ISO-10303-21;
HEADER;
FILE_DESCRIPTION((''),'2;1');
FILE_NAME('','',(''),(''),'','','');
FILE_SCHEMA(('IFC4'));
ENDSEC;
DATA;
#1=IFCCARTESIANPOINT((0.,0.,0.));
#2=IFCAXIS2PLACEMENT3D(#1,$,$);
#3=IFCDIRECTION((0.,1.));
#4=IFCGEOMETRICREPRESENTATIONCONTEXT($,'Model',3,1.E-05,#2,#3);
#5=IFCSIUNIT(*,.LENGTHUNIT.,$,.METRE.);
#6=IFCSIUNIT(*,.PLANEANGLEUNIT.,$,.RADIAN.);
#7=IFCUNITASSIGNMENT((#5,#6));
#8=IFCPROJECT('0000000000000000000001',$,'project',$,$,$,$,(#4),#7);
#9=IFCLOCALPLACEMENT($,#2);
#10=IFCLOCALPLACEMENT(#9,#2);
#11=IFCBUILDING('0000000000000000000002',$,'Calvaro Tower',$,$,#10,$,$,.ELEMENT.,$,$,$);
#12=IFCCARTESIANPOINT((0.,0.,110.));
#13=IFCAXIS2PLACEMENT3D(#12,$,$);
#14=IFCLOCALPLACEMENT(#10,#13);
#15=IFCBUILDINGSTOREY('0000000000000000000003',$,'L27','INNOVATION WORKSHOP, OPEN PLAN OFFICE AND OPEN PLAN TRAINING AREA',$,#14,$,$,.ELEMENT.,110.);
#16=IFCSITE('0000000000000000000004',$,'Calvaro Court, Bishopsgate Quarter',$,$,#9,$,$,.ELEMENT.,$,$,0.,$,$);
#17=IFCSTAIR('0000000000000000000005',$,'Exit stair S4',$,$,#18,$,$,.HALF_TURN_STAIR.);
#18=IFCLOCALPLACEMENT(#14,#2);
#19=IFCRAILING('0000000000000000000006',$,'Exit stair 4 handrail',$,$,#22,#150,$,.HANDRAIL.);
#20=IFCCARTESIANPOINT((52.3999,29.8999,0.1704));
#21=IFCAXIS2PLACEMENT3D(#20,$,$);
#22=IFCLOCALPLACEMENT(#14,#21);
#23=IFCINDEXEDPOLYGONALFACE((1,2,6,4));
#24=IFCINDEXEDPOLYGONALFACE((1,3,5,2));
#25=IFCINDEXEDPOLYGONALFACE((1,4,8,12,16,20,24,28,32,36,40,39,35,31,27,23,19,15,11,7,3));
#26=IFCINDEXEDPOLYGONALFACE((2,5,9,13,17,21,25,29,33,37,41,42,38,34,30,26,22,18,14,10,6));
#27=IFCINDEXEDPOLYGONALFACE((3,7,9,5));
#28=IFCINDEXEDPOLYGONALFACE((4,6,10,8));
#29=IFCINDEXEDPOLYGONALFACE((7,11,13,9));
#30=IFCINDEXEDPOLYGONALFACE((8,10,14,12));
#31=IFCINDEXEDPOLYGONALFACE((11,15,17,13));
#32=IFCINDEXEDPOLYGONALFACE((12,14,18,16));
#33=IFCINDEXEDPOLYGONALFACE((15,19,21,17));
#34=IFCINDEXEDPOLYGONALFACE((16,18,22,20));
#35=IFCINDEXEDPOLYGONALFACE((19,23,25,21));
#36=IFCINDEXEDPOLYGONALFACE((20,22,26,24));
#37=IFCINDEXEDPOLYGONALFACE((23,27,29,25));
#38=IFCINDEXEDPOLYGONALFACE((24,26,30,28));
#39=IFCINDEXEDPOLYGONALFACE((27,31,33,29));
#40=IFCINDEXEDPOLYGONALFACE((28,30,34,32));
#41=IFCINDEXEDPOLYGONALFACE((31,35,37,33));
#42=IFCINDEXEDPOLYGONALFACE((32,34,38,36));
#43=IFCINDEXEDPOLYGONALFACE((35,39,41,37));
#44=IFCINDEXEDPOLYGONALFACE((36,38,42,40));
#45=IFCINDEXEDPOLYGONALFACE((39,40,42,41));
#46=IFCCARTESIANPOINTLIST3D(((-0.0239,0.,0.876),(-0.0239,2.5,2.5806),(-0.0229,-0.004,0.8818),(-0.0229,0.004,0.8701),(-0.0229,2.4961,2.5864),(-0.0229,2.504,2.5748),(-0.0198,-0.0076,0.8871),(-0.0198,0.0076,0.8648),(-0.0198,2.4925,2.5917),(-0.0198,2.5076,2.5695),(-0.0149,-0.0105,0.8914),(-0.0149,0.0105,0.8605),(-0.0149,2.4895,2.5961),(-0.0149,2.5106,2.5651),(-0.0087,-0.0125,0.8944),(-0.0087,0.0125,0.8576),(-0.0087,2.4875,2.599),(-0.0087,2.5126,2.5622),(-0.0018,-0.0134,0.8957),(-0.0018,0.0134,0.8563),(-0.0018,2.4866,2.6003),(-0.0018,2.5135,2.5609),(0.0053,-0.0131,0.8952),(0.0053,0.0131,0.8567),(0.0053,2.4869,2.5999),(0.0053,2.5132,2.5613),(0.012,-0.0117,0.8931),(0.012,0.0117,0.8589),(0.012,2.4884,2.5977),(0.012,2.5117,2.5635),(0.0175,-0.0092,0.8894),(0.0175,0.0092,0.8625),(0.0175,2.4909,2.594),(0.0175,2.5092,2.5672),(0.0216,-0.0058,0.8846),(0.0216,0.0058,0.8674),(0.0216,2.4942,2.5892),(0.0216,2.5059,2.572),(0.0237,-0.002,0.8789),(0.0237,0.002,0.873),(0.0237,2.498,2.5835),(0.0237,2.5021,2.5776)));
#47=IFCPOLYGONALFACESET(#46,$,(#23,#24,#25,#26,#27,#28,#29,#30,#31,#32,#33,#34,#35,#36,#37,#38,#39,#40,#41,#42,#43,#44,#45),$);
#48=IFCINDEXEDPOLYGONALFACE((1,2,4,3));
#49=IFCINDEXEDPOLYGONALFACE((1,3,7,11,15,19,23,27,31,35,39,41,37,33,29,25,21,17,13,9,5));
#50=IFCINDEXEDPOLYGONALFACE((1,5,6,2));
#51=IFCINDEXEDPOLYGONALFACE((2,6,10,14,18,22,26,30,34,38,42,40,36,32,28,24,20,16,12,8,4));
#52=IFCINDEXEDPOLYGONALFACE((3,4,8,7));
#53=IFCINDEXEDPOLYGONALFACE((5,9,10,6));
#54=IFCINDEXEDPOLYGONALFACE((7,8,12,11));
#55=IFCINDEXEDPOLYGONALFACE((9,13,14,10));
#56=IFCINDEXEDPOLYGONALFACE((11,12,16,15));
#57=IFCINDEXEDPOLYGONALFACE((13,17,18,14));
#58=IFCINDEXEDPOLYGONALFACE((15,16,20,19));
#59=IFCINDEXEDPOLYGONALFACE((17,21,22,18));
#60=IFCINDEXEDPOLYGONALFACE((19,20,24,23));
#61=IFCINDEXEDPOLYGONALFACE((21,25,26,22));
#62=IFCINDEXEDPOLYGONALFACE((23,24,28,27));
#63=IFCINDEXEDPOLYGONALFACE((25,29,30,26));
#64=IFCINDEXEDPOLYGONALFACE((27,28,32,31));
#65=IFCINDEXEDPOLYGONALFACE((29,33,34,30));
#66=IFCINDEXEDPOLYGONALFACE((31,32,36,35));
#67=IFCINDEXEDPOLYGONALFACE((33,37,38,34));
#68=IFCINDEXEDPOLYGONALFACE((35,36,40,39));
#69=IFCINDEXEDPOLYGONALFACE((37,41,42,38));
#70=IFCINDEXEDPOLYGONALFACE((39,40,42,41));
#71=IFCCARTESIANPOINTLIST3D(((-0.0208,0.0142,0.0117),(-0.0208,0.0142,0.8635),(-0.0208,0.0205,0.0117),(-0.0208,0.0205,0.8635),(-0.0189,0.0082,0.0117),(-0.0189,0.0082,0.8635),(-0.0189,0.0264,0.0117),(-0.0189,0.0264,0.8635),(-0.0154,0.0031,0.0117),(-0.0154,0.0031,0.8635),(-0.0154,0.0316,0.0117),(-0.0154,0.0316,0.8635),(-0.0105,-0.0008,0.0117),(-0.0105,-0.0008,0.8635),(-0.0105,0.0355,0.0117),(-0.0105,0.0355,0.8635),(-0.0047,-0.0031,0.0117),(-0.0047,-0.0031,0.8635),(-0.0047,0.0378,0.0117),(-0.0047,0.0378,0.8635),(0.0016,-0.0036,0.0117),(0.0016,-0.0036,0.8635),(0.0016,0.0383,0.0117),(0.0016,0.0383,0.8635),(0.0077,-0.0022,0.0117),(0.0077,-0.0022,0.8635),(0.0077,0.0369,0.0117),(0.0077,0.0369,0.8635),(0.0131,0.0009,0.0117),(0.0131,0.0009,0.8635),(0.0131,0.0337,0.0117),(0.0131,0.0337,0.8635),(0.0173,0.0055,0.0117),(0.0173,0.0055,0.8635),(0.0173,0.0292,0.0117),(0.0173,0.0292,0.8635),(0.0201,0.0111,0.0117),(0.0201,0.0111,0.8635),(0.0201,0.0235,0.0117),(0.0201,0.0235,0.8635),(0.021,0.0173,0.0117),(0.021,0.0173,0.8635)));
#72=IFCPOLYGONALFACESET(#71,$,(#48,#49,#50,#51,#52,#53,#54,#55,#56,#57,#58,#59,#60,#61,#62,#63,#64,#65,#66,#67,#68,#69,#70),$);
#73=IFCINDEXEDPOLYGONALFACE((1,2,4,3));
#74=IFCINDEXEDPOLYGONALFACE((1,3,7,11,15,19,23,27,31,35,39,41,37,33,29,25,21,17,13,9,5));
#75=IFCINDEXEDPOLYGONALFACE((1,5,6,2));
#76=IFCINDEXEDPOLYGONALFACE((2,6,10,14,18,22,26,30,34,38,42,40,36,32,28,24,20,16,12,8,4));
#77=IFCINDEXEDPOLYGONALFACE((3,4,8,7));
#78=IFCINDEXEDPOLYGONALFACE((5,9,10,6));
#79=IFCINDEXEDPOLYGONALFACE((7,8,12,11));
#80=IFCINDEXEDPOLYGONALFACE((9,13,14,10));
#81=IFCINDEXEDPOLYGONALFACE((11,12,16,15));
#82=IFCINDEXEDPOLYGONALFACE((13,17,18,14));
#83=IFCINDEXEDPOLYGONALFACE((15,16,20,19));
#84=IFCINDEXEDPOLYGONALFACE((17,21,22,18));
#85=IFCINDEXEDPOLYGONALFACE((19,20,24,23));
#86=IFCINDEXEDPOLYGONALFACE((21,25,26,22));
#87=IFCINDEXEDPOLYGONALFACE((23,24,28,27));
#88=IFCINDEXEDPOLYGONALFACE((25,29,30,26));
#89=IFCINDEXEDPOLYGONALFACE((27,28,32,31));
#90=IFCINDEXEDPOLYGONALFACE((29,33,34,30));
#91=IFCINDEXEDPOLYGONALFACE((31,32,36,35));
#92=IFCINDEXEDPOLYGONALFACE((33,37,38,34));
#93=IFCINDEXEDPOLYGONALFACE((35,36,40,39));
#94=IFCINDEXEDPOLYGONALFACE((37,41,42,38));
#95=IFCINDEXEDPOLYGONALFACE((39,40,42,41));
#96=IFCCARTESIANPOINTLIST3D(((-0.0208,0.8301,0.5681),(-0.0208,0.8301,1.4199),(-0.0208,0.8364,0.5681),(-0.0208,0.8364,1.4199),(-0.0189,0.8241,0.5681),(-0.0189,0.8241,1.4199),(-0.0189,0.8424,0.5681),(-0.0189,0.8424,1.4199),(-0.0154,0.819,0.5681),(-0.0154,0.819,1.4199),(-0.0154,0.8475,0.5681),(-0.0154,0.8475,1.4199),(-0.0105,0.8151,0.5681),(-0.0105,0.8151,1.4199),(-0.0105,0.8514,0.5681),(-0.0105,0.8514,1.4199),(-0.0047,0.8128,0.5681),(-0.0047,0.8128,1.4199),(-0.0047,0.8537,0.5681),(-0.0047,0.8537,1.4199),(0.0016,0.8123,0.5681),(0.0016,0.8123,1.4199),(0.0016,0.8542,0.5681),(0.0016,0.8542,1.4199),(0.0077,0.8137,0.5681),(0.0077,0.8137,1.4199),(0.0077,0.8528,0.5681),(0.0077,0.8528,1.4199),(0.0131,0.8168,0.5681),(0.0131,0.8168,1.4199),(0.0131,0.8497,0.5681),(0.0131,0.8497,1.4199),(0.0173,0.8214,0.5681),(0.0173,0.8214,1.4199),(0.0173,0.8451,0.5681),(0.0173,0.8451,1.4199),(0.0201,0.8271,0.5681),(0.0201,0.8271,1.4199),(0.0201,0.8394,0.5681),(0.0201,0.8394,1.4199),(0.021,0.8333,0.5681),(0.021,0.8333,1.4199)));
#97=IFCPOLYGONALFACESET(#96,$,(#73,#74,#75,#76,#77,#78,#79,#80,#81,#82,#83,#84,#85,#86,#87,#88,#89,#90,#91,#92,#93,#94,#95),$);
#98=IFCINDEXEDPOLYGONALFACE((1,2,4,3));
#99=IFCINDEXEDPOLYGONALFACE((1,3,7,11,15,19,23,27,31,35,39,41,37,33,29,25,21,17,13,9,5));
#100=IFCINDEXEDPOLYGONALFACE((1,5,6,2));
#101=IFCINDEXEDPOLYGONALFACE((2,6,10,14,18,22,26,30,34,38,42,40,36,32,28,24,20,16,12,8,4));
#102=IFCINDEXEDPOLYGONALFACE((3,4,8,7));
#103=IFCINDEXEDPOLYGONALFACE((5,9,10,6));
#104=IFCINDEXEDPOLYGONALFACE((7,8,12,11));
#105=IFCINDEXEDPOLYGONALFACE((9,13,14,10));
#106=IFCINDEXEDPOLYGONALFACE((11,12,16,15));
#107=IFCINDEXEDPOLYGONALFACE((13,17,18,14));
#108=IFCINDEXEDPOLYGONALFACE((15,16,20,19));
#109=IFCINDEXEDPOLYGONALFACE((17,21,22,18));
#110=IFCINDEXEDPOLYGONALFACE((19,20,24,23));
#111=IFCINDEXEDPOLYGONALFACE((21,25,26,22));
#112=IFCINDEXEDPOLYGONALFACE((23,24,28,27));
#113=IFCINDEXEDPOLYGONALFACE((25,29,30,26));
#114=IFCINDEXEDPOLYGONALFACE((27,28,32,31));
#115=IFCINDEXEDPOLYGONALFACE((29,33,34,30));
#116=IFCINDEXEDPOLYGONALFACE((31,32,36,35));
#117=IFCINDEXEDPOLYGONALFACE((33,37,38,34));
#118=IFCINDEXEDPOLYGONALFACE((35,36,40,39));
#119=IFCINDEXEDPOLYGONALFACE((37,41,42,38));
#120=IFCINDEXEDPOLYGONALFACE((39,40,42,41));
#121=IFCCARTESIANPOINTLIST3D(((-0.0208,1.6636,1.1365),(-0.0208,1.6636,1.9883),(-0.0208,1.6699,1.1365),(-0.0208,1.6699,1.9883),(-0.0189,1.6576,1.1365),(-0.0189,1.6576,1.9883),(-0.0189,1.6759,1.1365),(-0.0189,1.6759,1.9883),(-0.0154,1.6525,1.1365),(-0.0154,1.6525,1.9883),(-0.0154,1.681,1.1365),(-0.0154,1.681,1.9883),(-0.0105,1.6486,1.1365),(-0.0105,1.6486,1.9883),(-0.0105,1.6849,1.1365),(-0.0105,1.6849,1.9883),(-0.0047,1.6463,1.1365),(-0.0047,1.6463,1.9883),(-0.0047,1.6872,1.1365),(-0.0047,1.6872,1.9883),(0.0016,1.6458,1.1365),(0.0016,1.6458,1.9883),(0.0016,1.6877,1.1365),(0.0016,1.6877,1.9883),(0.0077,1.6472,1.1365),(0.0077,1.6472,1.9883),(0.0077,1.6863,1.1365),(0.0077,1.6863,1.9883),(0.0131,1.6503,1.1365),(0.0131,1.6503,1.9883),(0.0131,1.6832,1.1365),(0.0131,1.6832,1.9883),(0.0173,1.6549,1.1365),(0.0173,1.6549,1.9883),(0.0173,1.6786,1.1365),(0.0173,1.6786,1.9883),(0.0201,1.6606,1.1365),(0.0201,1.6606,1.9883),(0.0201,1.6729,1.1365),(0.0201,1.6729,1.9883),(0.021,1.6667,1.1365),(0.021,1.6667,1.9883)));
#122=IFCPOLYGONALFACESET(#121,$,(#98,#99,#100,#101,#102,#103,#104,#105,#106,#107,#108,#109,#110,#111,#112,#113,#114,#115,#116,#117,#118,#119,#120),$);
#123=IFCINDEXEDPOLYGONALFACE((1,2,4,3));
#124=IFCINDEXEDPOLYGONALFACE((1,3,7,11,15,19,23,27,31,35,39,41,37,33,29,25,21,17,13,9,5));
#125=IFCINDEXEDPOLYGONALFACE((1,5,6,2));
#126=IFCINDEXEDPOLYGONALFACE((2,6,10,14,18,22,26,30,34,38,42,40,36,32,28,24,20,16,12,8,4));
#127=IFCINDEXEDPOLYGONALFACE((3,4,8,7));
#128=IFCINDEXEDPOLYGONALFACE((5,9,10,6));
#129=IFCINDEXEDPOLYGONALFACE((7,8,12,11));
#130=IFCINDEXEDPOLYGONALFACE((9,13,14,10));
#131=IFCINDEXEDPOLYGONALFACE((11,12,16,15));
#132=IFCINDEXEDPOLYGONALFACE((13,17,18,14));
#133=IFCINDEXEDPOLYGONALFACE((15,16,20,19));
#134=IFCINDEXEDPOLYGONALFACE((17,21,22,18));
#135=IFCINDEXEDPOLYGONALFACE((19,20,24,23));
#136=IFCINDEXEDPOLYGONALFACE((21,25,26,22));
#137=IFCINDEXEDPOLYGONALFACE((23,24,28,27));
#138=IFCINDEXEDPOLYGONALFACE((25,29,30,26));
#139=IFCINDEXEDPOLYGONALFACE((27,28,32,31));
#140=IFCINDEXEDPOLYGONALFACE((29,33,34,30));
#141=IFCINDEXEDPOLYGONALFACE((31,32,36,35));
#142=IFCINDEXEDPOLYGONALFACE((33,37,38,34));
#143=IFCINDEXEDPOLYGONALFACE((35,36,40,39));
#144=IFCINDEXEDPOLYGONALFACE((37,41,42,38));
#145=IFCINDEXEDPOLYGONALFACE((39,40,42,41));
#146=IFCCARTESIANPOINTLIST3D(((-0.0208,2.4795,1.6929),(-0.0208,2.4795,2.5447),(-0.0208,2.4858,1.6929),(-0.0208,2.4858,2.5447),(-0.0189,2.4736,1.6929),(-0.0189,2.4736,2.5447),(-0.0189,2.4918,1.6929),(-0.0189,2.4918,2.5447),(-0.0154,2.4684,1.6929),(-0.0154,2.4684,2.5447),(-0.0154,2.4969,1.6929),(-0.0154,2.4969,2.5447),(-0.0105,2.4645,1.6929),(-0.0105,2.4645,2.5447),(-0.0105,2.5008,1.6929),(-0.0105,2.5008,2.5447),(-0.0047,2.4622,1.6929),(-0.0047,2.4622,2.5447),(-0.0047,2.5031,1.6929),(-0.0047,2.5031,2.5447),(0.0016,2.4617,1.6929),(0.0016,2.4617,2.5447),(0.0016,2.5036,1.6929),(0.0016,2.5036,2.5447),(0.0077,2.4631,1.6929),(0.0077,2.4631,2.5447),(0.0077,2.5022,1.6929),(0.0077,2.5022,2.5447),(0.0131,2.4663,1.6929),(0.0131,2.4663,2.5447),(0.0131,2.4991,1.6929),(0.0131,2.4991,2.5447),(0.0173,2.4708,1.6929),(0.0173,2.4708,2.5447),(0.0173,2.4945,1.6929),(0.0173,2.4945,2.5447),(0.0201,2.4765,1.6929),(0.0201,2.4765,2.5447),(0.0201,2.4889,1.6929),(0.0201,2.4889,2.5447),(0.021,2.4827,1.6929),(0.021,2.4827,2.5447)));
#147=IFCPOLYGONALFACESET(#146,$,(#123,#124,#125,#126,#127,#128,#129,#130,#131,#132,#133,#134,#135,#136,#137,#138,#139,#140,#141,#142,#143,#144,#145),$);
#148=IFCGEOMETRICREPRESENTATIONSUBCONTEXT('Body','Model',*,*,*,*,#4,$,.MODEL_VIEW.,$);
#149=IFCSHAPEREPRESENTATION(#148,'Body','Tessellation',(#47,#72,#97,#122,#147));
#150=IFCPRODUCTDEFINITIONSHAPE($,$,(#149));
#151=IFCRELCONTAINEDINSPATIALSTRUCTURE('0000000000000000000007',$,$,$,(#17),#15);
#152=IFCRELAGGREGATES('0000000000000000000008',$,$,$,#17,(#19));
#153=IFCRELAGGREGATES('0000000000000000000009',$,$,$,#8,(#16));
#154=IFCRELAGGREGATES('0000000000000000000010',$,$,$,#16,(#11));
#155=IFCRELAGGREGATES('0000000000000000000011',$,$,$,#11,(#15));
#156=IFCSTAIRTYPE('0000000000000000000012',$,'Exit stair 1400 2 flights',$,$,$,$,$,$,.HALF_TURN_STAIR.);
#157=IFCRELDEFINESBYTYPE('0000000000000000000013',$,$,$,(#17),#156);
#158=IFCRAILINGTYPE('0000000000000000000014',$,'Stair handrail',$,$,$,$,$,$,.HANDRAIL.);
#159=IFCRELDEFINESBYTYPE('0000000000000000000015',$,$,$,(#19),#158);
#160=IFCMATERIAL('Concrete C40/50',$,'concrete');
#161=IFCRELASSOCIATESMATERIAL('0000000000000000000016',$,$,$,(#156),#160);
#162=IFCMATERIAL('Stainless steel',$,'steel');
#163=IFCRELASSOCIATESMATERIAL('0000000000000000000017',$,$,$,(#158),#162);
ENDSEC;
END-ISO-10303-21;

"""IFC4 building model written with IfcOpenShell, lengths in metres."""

from ifc_helpers import new_model, si_unit, direction, frame, origin, origin_2d, place, context, subcontext, project, spatial, circle, extrude, material, type_object, element, aggregate, save


model = new_model("IFC4")

# Units and contexts
model_context = context("Model", 3, precision=1e-05, world=origin(), true_north=direction((0.0, 1.0)))
body_context = subcontext(model_context, "Body", "Model", "MODEL_VIEW")
ifc_project = project(units=[si_unit("LENGTHUNIT", "METRE"), si_unit("PLANEANGLEUNIT", "RADIAN")], contexts=[model_context])

# Site, building, storey
site_placement = place(None, origin())
site = spatial("IfcSite", under=ifc_project, at=site_placement, Name="Calvaro Court, Bishopsgate Quarter", CompositionType="ELEMENT", RefElevation=0.0)
building_placement = place(site_placement, origin())
building = spatial("IfcBuilding", under=site, at=building_placement, Name="Calvaro Tower", CompositionType="ELEMENT")
storey_placement = place(building_placement, frame((0.0, 0.0, 110.0)))
storey = spatial("IfcBuildingStorey", under=building, at=storey_placement, Name="L27", Description="INNOVATION WORKSHOP, OPEN PLAN OFFICE AND OPEN PLAN TRAINING AREA", CompositionType="ELEMENT", Elevation=110.0)

# Shared definitions
ifc_material_1 = material(Name="Concrete C40/50", Category="concrete")
stair_type = type_object("IfcStairType", Name="Exit stair 1400 2 flights", PredefinedType="HALF_TURN_STAIR", material=ifc_material_1)
ifc_material_2 = material(Name="Stainless steel", Category="steel")
railing_type = type_object("IfcRailingType", Name="Stair handrail", PredefinedType="HANDRAIL", material=ifc_material_2)

# Stair, railing
stair_1_placement = place(storey_placement, origin())
stair_1 = element("IfcStair", 1, at=stair_1_placement, inside=storey, type_object=stair_type, Name="Exit stair S4", PredefinedType="HALF_TURN_STAIR")
railing_1_placement = place(storey_placement, frame((52.3999, 29.8999, 0.1704)))
railing_1 = element("IfcRailing", 2, at=railing_1_placement, type_object=railing_type, Name="Exit stair 4 handrail", PredefinedType="HANDRAIL", context=body_context, shape_type="SweptSolid", body=[
    extrude(circle(Radius=0.0239, at=origin_2d()), frame((0.0, 0.0, 0.876), z_axis=(0.0, 0.826221, 0.563347), x_axis=(-1.0, 0.0, 0.0)), (0.0, 0.0, 1.0), 3.0259),
    extrude(circle(Radius=0.021, at=origin_2d()), frame((0.0, 0.0173, 0.0117)), (0.0, 0.0, 1.0), 0.8518),
    extrude(circle(Radius=0.021, at=origin_2d()), frame((0.0, 0.8333, 0.5681)), (0.0, 0.0, 1.0), 0.8518),
    extrude(circle(Radius=0.021, at=origin_2d()), frame((0.0, 1.6667, 1.1365)), (0.0, 0.0, 1.0), 0.8518),
    extrude(circle(Radius=0.021, at=origin_2d()), frame((0.0, 2.4827, 1.6929)), (0.0, 0.0, 1.0), 0.8518),
])
aggregate(stair_1, [railing_1])

save(model, "model.ifc")
